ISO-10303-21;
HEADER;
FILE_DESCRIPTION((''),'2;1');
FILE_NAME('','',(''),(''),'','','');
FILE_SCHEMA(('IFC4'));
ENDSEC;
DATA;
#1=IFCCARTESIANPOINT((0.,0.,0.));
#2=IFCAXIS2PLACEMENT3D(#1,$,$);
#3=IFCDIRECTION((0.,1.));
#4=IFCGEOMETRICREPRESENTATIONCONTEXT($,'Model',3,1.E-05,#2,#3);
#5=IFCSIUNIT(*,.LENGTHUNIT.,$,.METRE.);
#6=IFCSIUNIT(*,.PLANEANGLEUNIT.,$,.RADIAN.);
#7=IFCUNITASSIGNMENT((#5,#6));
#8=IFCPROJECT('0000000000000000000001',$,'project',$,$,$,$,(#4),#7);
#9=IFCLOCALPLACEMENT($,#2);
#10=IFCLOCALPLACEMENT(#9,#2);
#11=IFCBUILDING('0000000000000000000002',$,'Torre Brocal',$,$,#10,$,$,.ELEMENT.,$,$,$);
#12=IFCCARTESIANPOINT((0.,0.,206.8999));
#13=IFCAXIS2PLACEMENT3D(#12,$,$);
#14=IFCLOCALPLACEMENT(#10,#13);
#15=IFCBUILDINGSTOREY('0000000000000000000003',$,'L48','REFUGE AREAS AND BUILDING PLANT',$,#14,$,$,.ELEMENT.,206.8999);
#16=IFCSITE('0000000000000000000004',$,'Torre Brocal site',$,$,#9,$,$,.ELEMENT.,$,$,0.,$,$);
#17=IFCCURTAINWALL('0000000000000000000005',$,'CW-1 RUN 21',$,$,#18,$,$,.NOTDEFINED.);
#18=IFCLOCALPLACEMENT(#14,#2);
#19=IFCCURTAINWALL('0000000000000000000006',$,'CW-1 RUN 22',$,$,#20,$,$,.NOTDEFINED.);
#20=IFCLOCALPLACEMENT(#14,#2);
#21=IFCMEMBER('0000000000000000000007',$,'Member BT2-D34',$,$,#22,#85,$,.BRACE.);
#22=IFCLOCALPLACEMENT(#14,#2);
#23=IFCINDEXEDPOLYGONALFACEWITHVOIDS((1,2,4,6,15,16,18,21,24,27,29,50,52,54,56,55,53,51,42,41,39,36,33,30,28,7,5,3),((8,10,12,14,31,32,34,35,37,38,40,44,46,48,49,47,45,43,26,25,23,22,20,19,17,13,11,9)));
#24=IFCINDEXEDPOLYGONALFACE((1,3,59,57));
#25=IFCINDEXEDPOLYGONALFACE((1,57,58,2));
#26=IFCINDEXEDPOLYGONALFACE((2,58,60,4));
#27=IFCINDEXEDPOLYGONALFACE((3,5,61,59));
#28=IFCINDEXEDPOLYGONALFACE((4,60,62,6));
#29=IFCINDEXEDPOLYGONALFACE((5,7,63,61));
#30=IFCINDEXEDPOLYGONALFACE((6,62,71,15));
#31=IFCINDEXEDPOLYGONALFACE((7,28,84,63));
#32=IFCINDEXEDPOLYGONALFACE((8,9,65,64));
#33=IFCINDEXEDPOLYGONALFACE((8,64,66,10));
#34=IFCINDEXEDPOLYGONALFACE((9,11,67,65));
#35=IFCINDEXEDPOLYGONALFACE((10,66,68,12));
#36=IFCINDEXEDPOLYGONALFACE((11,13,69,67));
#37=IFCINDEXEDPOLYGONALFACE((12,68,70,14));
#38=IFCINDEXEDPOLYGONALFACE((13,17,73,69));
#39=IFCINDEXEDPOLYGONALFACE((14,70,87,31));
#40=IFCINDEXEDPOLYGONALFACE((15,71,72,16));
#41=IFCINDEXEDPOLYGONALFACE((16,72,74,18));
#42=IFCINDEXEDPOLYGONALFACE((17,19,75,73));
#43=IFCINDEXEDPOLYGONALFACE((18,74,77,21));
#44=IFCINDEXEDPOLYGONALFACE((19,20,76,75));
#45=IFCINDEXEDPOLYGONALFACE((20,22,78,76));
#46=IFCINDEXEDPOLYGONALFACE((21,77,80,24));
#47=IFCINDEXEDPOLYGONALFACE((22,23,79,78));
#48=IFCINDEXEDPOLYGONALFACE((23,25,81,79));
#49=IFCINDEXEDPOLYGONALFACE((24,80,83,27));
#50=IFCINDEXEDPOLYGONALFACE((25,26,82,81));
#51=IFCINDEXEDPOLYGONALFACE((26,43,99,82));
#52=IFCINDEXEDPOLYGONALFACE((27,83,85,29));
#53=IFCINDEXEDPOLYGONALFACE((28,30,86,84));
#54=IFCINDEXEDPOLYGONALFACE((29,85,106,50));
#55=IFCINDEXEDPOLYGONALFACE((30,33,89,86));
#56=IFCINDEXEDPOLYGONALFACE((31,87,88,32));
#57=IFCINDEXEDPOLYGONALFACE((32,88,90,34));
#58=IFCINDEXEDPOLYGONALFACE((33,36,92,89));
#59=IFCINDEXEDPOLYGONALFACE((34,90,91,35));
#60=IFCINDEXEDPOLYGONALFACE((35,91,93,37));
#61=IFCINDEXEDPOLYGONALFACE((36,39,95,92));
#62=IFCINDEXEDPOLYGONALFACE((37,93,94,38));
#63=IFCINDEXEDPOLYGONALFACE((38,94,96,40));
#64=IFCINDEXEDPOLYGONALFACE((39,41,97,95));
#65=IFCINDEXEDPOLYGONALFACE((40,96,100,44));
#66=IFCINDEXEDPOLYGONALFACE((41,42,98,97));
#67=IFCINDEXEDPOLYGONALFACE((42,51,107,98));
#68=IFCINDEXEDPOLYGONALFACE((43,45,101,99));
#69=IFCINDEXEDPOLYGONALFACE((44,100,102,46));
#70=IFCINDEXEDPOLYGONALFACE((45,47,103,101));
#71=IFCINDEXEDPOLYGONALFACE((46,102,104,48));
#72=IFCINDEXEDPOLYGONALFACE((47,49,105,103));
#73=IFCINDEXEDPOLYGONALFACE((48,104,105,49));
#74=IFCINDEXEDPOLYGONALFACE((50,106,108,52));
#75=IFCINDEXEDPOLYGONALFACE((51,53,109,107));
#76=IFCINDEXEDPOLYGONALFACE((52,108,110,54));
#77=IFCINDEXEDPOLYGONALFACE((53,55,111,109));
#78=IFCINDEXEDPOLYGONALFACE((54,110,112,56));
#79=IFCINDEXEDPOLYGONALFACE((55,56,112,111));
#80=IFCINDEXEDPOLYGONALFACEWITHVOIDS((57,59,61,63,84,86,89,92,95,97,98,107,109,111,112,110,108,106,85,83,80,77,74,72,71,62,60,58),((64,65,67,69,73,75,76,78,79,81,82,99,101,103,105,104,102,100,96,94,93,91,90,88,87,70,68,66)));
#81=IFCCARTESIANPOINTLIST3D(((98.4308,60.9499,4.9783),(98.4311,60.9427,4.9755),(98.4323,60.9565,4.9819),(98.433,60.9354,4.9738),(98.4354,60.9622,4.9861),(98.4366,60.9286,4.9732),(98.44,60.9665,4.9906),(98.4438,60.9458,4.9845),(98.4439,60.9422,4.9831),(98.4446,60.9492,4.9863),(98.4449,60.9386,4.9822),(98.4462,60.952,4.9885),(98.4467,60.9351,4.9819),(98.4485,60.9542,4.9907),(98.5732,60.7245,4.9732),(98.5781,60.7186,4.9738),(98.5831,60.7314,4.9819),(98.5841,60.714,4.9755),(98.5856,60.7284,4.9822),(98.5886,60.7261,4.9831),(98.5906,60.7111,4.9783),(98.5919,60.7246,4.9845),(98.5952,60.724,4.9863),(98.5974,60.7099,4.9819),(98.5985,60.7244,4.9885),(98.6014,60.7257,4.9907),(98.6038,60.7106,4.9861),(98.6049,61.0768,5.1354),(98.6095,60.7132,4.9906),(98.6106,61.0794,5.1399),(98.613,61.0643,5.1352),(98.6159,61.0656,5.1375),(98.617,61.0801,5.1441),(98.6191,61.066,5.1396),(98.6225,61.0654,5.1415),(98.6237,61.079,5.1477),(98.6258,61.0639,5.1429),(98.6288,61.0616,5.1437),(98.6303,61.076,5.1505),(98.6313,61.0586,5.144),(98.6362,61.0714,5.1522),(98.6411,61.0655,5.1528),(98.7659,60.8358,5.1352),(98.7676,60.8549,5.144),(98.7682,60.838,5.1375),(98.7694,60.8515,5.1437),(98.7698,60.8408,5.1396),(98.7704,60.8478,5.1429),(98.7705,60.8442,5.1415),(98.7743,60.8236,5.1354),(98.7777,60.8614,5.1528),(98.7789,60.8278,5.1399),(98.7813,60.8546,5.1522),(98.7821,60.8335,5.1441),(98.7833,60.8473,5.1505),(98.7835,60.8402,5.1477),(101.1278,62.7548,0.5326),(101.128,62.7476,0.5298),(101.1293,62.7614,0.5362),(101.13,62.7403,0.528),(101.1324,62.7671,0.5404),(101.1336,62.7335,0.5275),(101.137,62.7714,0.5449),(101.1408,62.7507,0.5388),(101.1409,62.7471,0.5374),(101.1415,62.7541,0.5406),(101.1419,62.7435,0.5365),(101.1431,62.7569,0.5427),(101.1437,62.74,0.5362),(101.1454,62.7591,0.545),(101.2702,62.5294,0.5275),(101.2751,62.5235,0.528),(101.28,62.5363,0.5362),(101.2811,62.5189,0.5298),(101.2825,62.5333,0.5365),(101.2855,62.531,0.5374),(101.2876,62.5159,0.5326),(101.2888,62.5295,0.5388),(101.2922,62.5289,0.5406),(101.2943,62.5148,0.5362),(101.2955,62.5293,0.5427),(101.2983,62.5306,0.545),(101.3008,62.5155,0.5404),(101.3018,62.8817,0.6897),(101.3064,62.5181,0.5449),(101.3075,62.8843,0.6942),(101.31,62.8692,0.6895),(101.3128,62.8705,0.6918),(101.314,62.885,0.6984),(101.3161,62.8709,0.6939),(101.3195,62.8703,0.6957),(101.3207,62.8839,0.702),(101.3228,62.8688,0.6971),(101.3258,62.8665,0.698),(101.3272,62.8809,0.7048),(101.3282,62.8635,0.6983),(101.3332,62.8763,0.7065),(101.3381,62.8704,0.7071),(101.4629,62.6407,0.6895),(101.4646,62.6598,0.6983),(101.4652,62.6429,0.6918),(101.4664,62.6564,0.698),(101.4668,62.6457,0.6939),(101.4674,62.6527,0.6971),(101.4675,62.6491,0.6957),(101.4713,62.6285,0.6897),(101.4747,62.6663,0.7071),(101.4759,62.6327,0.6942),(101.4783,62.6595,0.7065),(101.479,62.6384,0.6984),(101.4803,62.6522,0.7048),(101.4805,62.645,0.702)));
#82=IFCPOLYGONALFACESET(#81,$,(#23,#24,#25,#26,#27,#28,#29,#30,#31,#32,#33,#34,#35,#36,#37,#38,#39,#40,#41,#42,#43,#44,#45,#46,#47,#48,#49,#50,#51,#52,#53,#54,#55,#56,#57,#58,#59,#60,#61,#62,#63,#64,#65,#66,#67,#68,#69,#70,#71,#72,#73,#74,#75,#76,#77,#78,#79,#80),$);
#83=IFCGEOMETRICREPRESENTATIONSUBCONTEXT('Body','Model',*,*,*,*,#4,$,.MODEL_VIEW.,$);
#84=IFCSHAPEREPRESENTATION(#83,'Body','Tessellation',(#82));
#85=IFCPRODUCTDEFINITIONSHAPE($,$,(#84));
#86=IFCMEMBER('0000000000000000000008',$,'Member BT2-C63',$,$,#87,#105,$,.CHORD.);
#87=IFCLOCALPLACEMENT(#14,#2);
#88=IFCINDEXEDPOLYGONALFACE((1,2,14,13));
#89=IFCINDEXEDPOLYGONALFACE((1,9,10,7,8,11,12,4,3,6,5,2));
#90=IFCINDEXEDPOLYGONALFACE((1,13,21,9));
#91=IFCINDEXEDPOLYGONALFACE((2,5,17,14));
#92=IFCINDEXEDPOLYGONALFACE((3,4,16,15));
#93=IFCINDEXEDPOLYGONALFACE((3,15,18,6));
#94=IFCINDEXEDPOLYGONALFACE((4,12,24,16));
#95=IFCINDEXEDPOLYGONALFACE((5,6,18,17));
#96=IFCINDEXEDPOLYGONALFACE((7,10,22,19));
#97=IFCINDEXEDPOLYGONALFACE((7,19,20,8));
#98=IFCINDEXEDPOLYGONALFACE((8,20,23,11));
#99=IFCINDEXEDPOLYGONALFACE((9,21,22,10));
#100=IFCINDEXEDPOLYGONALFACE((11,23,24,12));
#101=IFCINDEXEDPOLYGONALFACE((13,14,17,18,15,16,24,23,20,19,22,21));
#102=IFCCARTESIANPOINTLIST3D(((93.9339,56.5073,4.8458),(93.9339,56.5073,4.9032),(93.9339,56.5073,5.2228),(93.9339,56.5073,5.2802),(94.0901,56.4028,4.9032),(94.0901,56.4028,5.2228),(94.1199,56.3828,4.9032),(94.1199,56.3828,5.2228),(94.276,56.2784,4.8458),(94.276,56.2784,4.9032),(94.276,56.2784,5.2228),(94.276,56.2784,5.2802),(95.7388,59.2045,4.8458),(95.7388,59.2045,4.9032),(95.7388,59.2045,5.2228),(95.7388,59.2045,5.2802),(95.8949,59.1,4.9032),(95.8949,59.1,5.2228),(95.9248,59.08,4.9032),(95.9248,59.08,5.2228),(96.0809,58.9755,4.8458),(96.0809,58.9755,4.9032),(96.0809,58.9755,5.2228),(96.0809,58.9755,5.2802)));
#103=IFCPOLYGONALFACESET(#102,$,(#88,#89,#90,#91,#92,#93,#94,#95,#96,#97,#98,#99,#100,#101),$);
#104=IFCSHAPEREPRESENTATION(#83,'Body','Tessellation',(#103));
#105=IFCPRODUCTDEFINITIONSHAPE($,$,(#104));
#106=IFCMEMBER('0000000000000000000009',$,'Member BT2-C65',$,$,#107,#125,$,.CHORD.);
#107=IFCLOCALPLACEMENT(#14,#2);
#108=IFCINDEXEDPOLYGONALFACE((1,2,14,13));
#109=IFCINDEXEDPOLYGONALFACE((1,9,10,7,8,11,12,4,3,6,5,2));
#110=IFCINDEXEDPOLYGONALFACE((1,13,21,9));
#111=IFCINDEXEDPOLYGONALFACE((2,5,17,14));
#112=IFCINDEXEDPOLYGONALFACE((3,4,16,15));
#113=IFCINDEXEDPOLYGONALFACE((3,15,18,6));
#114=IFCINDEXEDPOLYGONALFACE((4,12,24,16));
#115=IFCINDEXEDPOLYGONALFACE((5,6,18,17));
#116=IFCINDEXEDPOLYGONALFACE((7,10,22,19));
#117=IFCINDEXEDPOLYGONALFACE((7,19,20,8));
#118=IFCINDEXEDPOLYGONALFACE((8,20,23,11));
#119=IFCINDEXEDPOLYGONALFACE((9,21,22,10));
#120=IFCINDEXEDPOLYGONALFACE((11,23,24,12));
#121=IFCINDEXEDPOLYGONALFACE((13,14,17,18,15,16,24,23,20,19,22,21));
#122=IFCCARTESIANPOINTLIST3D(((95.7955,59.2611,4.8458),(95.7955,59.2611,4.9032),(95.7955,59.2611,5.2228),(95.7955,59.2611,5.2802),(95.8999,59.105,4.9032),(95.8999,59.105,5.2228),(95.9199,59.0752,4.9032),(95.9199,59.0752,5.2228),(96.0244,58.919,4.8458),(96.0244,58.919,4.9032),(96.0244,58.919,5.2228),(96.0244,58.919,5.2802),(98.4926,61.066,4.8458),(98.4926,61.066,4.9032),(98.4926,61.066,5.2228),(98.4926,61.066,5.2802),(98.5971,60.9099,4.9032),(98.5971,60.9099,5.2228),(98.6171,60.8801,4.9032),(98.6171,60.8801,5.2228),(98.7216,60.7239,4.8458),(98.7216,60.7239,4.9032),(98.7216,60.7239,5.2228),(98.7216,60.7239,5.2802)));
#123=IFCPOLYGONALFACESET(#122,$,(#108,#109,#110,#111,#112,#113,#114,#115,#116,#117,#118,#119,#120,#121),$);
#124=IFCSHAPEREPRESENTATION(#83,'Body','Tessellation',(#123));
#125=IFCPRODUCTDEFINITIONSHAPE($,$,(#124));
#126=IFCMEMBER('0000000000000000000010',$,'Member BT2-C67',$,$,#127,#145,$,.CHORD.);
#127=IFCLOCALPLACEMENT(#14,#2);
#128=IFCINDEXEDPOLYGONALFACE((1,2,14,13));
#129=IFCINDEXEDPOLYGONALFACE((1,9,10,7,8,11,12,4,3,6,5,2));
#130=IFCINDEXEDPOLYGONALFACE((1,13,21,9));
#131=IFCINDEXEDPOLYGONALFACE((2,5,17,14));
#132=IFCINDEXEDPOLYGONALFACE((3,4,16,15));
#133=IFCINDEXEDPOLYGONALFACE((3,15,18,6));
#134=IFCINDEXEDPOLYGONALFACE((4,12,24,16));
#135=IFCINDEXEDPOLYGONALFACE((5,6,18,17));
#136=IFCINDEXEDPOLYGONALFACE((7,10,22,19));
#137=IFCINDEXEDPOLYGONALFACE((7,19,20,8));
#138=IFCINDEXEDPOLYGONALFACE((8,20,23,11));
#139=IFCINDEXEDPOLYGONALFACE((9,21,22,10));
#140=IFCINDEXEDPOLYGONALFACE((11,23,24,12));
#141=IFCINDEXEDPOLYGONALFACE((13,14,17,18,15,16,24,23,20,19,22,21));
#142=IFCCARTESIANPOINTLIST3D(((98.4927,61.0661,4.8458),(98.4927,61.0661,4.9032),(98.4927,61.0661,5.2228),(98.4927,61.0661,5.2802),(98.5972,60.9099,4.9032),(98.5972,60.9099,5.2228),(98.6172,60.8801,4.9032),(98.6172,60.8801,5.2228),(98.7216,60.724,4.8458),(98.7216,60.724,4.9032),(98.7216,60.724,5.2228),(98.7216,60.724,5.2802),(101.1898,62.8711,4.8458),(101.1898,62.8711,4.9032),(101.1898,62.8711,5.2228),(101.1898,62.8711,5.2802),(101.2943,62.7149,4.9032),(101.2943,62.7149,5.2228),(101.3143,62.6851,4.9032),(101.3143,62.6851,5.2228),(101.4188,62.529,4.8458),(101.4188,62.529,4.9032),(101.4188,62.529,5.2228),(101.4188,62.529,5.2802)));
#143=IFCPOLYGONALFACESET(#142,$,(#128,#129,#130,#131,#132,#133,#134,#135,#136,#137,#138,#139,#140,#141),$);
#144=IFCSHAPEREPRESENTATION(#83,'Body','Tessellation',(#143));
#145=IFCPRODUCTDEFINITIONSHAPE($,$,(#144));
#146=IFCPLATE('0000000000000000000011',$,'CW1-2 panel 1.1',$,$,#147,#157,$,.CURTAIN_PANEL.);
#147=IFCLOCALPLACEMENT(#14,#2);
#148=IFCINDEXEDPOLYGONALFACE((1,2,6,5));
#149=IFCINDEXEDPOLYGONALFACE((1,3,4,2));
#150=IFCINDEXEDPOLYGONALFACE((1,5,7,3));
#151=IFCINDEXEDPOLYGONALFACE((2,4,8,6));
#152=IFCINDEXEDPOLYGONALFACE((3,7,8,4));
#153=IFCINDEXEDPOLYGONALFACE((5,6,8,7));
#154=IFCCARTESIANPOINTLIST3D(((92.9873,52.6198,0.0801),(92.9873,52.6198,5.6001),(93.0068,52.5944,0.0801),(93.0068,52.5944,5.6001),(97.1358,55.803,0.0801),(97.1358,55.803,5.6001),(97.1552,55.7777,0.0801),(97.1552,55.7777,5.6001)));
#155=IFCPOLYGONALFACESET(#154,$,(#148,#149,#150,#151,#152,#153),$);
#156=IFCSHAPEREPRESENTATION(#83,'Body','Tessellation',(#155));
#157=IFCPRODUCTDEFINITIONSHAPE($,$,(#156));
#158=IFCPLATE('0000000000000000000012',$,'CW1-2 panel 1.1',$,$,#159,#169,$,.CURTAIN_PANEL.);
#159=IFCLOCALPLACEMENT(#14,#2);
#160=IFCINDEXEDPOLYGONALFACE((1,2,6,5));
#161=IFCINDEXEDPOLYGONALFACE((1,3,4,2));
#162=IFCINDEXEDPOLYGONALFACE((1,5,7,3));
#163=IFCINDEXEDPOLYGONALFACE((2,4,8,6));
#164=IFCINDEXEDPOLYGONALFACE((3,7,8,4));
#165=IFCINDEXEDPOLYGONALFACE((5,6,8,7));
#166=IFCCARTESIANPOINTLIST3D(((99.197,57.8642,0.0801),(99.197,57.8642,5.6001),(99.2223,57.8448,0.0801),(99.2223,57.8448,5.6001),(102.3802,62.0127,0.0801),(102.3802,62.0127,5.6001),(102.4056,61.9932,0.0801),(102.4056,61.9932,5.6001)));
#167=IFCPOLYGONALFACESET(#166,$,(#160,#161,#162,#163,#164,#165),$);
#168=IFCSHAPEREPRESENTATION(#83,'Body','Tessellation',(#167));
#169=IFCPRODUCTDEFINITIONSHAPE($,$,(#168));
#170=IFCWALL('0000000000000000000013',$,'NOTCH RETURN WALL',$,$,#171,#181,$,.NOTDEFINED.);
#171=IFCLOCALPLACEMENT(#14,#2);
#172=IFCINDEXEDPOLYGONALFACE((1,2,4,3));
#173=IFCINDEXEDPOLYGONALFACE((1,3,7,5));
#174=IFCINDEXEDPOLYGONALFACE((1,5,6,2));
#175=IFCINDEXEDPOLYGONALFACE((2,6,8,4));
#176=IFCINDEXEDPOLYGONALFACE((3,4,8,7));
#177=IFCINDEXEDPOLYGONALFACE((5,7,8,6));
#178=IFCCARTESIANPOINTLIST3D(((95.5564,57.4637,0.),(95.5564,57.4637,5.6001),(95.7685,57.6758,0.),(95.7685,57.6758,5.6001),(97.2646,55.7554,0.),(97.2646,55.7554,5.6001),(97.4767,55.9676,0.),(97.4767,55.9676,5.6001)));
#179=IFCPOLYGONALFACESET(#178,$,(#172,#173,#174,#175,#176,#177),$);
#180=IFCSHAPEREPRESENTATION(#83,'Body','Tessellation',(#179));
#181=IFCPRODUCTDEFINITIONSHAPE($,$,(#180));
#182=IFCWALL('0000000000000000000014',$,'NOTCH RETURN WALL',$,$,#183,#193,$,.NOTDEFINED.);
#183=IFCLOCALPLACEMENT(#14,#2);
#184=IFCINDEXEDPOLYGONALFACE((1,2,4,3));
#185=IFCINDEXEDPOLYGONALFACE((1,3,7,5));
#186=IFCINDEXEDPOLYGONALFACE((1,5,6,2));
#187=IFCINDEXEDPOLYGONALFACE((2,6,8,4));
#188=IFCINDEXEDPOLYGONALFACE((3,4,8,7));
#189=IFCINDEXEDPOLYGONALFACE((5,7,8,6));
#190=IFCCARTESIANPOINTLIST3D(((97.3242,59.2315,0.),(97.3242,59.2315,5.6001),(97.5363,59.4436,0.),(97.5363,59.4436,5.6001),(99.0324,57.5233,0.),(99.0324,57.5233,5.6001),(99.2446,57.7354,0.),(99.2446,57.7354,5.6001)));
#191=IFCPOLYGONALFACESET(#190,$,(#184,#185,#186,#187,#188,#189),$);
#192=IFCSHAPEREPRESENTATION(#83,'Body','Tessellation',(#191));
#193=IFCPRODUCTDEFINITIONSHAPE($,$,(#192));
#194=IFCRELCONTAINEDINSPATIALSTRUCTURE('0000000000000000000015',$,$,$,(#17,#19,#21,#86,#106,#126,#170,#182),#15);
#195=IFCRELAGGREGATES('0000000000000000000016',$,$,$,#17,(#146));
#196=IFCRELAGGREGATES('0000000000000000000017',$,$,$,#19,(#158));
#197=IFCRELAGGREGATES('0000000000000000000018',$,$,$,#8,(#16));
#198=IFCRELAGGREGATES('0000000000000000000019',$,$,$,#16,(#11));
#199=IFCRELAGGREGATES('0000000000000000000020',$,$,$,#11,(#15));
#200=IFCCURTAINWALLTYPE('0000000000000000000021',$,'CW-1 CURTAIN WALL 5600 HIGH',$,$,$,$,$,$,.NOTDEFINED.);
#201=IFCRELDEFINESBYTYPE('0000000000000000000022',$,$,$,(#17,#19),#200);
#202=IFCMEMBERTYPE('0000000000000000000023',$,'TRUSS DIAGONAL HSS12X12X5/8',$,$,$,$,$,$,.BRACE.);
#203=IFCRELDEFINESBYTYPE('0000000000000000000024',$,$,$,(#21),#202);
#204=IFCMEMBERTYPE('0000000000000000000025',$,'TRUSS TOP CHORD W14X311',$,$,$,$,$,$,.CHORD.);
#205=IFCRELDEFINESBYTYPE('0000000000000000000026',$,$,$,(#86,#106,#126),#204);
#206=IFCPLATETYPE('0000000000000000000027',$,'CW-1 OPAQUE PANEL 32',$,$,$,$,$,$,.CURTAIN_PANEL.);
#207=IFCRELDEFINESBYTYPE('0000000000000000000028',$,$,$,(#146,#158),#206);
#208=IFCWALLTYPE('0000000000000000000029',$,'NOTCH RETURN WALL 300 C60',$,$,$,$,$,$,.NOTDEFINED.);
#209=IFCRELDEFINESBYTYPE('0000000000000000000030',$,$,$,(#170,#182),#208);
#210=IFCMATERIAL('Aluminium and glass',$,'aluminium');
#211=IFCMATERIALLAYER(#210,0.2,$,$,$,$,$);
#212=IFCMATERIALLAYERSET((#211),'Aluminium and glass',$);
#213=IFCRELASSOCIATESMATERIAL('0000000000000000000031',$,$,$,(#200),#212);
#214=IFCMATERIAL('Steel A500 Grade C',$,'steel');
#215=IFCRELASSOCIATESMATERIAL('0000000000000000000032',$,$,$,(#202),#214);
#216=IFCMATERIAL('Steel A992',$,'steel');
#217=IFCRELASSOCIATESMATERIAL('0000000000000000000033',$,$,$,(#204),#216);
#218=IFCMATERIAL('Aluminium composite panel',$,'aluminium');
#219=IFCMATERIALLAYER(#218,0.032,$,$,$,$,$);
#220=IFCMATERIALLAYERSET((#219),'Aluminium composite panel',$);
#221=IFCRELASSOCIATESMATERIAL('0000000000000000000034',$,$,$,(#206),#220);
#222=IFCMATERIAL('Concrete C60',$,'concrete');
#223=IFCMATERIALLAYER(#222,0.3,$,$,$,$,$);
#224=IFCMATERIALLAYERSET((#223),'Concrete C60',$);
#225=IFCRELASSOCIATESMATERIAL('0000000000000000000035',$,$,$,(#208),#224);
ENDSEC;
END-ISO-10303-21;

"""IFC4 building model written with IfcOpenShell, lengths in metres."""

from ifc_helpers import new_model, si_unit, direction, frame, frame_2d, origin, origin_2d, place, context, subcontext, project, spatial, rectangle, hollow_rectangle, i_section, extrude, material, layer, layer_set, material_profile, profile_set, type_object, element, aggregate, save


model = new_model("IFC4")

# Units and contexts
model_context = context("Model", 3, precision=1e-05, world=origin(), true_north=direction((0.0, 1.0)))
body_context = subcontext(model_context, "Body", "Model", "MODEL_VIEW")
ifc_project = project(units=[si_unit("LENGTHUNIT", "METRE"), si_unit("PLANEANGLEUNIT", "RADIAN")], contexts=[model_context])

# Site, building, storey
site_placement = place(None, origin())
site = spatial("IfcSite", under=ifc_project, at=site_placement, Name="Torre Brocal site", CompositionType="ELEMENT", RefElevation=0.0)
building_placement = place(site_placement, origin())
building = spatial("IfcBuilding", under=site, at=building_placement, Name="Torre Brocal", CompositionType="ELEMENT")
storey_placement = place(building_placement, frame((0.0, 0.0, 206.8999)))
storey = spatial("IfcBuildingStorey", under=building, at=storey_placement, Name="L48", Description="REFUGE AREAS AND BUILDING PLANT", CompositionType="ELEMENT", Elevation=206.8999)

# Curtain wall
ifc_material_1 = material(Name="Aluminium and glass", Category="aluminium")
ifc_layer_1 = layer(ifc_material_1, 0.2)
ifc_layer_set_1 = layer_set([ifc_layer_1], Name="Aluminium and glass")
curtain_wall_type = type_object("IfcCurtainWallType", Name="CW-1 CURTAIN WALL 5600 HIGH", PredefinedType="NOTDEFINED", material=ifc_layer_set_1)
curtain_wall_1_placement = place(storey_placement, origin())
curtain_wall_1 = element("IfcCurtainWall", 1, at=curtain_wall_1_placement, inside=storey, type_object=curtain_wall_type, Name="CW-1 RUN 21", PredefinedType="NOTDEFINED")

# Curtain wall
curtain_wall_2_placement = place(storey_placement, origin())
curtain_wall_2 = element("IfcCurtainWall", 2, at=curtain_wall_2_placement, inside=storey, type_object=curtain_wall_type, Name="CW-1 RUN 22", PredefinedType="NOTDEFINED")

# Members
ifc_material_2 = material(Name="Steel A500 Grade C", Category="steel")
ifc_material_profile_1 = material_profile(ifc_material_2, hollow_rectangle(XDim=0.3047, YDim=0.3047, WallThickness=0.0149, InnerFilletRadius=0.0149, OuterFilletRadius=0.0295, at=origin_2d()), Name="HSS12X12X5/8")
ifc_profile_set_1 = profile_set([ifc_material_profile_1], Name="Steel A500 Grade C")
member_type_1 = type_object("IfcMemberType", Name="TRUSS DIAGONAL HSS12X12X5/8", PredefinedType="BRACE", material=ifc_profile_set_1)
member_1_placement = place(storey_placement, frame((98.6072, 60.895, 5.063), z_axis=(0.489988, 0.327916, -0.807702), x_axis=(-0.556175, 0.831065, 0.0)))
element("IfcMember", 3, at=member_1_placement, inside=storey, type_object=member_type_1, Name="Member BT2-D34", PredefinedType="BRACE", context=body_context, shape_type="SweptSolid", body=[
    extrude(hollow_rectangle(XDim=0.3047, YDim=0.3047, WallThickness=0.0149, InnerFilletRadius=0.0149, OuterFilletRadius=0.0295, at=origin_2d()), origin(), (0.0, 0.0, 1.0), 5.5042),
])
ifc_material_3 = material(Name="Steel A992", Category="steel")
ifc_material_profile_2 = material_profile(ifc_material_3, i_section(OverallWidth=0.4116, OverallDepth=0.4343, WebThickness=0.0359, FlangeThickness=0.0574, at=origin_2d()), Name="W14X311")
ifc_profile_set_2 = profile_set([ifc_material_profile_2], Name="Steel A992")
member_type_2 = type_object("IfcMemberType", Name="TRUSS TOP CHORD W14X311", PredefinedType="CHORD", material=ifc_profile_set_2)
for number, where, z_axis, x_axis, name in (
    (4, (94.105, 56.3928, 5.063), (0.55614, 0.831088, 0.0), (-0.831088, 0.55614, 0.0), "Member BT2-C63"),
    (5, (95.9099, 59.0901, 5.063), (0.831088, 0.55614, 0.0), (-0.55614, 0.831088, 0.0), "Member BT2-C65"),
    (6, (98.6072, 60.895, 5.063), (0.831065, 0.556175, 0.0), (-0.556175, 0.831065, 0.0), "Member BT2-C67"),
):
    element("IfcMember", number, at=place(storey_placement, frame(where, z_axis=z_axis, x_axis=x_axis)), inside=storey, type_object=member_type_2, Name=name, PredefinedType="CHORD", context=body_context, shape_type="SweptSolid", body=[
        extrude(i_section(OverallWidth=0.4116, OverallDepth=0.4343, WebThickness=0.0359, FlangeThickness=0.0574, at=origin_2d()), origin(), (0.0, 0.0, 1.0), 3.2454),
    ])

# Plates
ifc_material_4 = material(Name="Aluminium composite panel", Category="aluminium")
ifc_layer_2 = layer(ifc_material_4, 0.032)
ifc_layer_set_2 = layer_set([ifc_layer_2], Name="Aluminium composite panel")
plate_type = type_object("IfcPlateType", Name="CW-1 OPAQUE PANEL 32", PredefinedType="CURTAIN_PANEL", material=ifc_layer_set_2)
plate_1_placement = place(storey_placement, frame((95.0713, 54.1987, 0.0801), z_axis=(0.0, 0.0, 1.0), x_axis=(0.793353, 0.608761, 0.0)))
plate_1 = element("IfcPlate", 7, at=plate_1_placement, type_object=plate_type, Name="CW1-2 panel 1.1", PredefinedType="CURTAIN_PANEL", context=body_context, shape_type="SweptSolid", body=[
    extrude(rectangle(XDim=5.229, YDim=0.032, at=origin_2d()), origin(), (0.0, 0.0, 1.0), 5.52),
])
aggregate(curtain_wall_1, [plate_1])
plate_2_placement = place(storey_placement, frame((100.8013, 59.9287, 0.0801), z_axis=(0.0, 0.0, 1.0), x_axis=(0.608761, 0.793353, 0.0)))
plate_2 = element("IfcPlate", 8, at=plate_2_placement, type_object=plate_type, Name="CW1-2 panel 1.1", PredefinedType="CURTAIN_PANEL", context=body_context, shape_type="SweptSolid", body=[
    extrude(rectangle(XDim=5.229, YDim=0.032, at=origin_2d()), origin(), (0.0, 0.0, 1.0), 5.52),
])
aggregate(curtain_wall_2, [plate_2])

# Walls
ifc_material_5 = material(Name="Concrete C60", Category="concrete")
ifc_layer_3 = layer(ifc_material_5, 0.3)
ifc_layer_set_3 = layer_set([ifc_layer_3], Name="Concrete C60")
wall_type = type_object("IfcWallType", Name="NOTCH RETURN WALL 300 C60", PredefinedType="NOTDEFINED", material=ifc_layer_set_3)
for number, where, z_axis, x_axis, name in (
    (9, (95.6624, 57.5698, 0.0), (0.0, 0.0, 1.0), (0.707107, -0.707107, 0.0), "NOTCH RETURN WALL"),
    (10, (97.4302, 59.3376, 0.0), (0.0, 0.0, 1.0), (0.707107, -0.707107, 0.0), "NOTCH RETURN WALL"),
):
    element("IfcWall", number, at=place(storey_placement, frame(where, z_axis=z_axis, x_axis=x_axis)), inside=storey, type_object=wall_type, Name=name, PredefinedType="NOTDEFINED", context=body_context, shape_type="SweptSolid", body=[
        extrude(rectangle(XDim=2.4158, YDim=0.3, at=frame_2d((1.208, 0.0))), origin(), (0.0, 0.0, 1.0), 5.6001),
    ])

save(model, "model.ifc")
